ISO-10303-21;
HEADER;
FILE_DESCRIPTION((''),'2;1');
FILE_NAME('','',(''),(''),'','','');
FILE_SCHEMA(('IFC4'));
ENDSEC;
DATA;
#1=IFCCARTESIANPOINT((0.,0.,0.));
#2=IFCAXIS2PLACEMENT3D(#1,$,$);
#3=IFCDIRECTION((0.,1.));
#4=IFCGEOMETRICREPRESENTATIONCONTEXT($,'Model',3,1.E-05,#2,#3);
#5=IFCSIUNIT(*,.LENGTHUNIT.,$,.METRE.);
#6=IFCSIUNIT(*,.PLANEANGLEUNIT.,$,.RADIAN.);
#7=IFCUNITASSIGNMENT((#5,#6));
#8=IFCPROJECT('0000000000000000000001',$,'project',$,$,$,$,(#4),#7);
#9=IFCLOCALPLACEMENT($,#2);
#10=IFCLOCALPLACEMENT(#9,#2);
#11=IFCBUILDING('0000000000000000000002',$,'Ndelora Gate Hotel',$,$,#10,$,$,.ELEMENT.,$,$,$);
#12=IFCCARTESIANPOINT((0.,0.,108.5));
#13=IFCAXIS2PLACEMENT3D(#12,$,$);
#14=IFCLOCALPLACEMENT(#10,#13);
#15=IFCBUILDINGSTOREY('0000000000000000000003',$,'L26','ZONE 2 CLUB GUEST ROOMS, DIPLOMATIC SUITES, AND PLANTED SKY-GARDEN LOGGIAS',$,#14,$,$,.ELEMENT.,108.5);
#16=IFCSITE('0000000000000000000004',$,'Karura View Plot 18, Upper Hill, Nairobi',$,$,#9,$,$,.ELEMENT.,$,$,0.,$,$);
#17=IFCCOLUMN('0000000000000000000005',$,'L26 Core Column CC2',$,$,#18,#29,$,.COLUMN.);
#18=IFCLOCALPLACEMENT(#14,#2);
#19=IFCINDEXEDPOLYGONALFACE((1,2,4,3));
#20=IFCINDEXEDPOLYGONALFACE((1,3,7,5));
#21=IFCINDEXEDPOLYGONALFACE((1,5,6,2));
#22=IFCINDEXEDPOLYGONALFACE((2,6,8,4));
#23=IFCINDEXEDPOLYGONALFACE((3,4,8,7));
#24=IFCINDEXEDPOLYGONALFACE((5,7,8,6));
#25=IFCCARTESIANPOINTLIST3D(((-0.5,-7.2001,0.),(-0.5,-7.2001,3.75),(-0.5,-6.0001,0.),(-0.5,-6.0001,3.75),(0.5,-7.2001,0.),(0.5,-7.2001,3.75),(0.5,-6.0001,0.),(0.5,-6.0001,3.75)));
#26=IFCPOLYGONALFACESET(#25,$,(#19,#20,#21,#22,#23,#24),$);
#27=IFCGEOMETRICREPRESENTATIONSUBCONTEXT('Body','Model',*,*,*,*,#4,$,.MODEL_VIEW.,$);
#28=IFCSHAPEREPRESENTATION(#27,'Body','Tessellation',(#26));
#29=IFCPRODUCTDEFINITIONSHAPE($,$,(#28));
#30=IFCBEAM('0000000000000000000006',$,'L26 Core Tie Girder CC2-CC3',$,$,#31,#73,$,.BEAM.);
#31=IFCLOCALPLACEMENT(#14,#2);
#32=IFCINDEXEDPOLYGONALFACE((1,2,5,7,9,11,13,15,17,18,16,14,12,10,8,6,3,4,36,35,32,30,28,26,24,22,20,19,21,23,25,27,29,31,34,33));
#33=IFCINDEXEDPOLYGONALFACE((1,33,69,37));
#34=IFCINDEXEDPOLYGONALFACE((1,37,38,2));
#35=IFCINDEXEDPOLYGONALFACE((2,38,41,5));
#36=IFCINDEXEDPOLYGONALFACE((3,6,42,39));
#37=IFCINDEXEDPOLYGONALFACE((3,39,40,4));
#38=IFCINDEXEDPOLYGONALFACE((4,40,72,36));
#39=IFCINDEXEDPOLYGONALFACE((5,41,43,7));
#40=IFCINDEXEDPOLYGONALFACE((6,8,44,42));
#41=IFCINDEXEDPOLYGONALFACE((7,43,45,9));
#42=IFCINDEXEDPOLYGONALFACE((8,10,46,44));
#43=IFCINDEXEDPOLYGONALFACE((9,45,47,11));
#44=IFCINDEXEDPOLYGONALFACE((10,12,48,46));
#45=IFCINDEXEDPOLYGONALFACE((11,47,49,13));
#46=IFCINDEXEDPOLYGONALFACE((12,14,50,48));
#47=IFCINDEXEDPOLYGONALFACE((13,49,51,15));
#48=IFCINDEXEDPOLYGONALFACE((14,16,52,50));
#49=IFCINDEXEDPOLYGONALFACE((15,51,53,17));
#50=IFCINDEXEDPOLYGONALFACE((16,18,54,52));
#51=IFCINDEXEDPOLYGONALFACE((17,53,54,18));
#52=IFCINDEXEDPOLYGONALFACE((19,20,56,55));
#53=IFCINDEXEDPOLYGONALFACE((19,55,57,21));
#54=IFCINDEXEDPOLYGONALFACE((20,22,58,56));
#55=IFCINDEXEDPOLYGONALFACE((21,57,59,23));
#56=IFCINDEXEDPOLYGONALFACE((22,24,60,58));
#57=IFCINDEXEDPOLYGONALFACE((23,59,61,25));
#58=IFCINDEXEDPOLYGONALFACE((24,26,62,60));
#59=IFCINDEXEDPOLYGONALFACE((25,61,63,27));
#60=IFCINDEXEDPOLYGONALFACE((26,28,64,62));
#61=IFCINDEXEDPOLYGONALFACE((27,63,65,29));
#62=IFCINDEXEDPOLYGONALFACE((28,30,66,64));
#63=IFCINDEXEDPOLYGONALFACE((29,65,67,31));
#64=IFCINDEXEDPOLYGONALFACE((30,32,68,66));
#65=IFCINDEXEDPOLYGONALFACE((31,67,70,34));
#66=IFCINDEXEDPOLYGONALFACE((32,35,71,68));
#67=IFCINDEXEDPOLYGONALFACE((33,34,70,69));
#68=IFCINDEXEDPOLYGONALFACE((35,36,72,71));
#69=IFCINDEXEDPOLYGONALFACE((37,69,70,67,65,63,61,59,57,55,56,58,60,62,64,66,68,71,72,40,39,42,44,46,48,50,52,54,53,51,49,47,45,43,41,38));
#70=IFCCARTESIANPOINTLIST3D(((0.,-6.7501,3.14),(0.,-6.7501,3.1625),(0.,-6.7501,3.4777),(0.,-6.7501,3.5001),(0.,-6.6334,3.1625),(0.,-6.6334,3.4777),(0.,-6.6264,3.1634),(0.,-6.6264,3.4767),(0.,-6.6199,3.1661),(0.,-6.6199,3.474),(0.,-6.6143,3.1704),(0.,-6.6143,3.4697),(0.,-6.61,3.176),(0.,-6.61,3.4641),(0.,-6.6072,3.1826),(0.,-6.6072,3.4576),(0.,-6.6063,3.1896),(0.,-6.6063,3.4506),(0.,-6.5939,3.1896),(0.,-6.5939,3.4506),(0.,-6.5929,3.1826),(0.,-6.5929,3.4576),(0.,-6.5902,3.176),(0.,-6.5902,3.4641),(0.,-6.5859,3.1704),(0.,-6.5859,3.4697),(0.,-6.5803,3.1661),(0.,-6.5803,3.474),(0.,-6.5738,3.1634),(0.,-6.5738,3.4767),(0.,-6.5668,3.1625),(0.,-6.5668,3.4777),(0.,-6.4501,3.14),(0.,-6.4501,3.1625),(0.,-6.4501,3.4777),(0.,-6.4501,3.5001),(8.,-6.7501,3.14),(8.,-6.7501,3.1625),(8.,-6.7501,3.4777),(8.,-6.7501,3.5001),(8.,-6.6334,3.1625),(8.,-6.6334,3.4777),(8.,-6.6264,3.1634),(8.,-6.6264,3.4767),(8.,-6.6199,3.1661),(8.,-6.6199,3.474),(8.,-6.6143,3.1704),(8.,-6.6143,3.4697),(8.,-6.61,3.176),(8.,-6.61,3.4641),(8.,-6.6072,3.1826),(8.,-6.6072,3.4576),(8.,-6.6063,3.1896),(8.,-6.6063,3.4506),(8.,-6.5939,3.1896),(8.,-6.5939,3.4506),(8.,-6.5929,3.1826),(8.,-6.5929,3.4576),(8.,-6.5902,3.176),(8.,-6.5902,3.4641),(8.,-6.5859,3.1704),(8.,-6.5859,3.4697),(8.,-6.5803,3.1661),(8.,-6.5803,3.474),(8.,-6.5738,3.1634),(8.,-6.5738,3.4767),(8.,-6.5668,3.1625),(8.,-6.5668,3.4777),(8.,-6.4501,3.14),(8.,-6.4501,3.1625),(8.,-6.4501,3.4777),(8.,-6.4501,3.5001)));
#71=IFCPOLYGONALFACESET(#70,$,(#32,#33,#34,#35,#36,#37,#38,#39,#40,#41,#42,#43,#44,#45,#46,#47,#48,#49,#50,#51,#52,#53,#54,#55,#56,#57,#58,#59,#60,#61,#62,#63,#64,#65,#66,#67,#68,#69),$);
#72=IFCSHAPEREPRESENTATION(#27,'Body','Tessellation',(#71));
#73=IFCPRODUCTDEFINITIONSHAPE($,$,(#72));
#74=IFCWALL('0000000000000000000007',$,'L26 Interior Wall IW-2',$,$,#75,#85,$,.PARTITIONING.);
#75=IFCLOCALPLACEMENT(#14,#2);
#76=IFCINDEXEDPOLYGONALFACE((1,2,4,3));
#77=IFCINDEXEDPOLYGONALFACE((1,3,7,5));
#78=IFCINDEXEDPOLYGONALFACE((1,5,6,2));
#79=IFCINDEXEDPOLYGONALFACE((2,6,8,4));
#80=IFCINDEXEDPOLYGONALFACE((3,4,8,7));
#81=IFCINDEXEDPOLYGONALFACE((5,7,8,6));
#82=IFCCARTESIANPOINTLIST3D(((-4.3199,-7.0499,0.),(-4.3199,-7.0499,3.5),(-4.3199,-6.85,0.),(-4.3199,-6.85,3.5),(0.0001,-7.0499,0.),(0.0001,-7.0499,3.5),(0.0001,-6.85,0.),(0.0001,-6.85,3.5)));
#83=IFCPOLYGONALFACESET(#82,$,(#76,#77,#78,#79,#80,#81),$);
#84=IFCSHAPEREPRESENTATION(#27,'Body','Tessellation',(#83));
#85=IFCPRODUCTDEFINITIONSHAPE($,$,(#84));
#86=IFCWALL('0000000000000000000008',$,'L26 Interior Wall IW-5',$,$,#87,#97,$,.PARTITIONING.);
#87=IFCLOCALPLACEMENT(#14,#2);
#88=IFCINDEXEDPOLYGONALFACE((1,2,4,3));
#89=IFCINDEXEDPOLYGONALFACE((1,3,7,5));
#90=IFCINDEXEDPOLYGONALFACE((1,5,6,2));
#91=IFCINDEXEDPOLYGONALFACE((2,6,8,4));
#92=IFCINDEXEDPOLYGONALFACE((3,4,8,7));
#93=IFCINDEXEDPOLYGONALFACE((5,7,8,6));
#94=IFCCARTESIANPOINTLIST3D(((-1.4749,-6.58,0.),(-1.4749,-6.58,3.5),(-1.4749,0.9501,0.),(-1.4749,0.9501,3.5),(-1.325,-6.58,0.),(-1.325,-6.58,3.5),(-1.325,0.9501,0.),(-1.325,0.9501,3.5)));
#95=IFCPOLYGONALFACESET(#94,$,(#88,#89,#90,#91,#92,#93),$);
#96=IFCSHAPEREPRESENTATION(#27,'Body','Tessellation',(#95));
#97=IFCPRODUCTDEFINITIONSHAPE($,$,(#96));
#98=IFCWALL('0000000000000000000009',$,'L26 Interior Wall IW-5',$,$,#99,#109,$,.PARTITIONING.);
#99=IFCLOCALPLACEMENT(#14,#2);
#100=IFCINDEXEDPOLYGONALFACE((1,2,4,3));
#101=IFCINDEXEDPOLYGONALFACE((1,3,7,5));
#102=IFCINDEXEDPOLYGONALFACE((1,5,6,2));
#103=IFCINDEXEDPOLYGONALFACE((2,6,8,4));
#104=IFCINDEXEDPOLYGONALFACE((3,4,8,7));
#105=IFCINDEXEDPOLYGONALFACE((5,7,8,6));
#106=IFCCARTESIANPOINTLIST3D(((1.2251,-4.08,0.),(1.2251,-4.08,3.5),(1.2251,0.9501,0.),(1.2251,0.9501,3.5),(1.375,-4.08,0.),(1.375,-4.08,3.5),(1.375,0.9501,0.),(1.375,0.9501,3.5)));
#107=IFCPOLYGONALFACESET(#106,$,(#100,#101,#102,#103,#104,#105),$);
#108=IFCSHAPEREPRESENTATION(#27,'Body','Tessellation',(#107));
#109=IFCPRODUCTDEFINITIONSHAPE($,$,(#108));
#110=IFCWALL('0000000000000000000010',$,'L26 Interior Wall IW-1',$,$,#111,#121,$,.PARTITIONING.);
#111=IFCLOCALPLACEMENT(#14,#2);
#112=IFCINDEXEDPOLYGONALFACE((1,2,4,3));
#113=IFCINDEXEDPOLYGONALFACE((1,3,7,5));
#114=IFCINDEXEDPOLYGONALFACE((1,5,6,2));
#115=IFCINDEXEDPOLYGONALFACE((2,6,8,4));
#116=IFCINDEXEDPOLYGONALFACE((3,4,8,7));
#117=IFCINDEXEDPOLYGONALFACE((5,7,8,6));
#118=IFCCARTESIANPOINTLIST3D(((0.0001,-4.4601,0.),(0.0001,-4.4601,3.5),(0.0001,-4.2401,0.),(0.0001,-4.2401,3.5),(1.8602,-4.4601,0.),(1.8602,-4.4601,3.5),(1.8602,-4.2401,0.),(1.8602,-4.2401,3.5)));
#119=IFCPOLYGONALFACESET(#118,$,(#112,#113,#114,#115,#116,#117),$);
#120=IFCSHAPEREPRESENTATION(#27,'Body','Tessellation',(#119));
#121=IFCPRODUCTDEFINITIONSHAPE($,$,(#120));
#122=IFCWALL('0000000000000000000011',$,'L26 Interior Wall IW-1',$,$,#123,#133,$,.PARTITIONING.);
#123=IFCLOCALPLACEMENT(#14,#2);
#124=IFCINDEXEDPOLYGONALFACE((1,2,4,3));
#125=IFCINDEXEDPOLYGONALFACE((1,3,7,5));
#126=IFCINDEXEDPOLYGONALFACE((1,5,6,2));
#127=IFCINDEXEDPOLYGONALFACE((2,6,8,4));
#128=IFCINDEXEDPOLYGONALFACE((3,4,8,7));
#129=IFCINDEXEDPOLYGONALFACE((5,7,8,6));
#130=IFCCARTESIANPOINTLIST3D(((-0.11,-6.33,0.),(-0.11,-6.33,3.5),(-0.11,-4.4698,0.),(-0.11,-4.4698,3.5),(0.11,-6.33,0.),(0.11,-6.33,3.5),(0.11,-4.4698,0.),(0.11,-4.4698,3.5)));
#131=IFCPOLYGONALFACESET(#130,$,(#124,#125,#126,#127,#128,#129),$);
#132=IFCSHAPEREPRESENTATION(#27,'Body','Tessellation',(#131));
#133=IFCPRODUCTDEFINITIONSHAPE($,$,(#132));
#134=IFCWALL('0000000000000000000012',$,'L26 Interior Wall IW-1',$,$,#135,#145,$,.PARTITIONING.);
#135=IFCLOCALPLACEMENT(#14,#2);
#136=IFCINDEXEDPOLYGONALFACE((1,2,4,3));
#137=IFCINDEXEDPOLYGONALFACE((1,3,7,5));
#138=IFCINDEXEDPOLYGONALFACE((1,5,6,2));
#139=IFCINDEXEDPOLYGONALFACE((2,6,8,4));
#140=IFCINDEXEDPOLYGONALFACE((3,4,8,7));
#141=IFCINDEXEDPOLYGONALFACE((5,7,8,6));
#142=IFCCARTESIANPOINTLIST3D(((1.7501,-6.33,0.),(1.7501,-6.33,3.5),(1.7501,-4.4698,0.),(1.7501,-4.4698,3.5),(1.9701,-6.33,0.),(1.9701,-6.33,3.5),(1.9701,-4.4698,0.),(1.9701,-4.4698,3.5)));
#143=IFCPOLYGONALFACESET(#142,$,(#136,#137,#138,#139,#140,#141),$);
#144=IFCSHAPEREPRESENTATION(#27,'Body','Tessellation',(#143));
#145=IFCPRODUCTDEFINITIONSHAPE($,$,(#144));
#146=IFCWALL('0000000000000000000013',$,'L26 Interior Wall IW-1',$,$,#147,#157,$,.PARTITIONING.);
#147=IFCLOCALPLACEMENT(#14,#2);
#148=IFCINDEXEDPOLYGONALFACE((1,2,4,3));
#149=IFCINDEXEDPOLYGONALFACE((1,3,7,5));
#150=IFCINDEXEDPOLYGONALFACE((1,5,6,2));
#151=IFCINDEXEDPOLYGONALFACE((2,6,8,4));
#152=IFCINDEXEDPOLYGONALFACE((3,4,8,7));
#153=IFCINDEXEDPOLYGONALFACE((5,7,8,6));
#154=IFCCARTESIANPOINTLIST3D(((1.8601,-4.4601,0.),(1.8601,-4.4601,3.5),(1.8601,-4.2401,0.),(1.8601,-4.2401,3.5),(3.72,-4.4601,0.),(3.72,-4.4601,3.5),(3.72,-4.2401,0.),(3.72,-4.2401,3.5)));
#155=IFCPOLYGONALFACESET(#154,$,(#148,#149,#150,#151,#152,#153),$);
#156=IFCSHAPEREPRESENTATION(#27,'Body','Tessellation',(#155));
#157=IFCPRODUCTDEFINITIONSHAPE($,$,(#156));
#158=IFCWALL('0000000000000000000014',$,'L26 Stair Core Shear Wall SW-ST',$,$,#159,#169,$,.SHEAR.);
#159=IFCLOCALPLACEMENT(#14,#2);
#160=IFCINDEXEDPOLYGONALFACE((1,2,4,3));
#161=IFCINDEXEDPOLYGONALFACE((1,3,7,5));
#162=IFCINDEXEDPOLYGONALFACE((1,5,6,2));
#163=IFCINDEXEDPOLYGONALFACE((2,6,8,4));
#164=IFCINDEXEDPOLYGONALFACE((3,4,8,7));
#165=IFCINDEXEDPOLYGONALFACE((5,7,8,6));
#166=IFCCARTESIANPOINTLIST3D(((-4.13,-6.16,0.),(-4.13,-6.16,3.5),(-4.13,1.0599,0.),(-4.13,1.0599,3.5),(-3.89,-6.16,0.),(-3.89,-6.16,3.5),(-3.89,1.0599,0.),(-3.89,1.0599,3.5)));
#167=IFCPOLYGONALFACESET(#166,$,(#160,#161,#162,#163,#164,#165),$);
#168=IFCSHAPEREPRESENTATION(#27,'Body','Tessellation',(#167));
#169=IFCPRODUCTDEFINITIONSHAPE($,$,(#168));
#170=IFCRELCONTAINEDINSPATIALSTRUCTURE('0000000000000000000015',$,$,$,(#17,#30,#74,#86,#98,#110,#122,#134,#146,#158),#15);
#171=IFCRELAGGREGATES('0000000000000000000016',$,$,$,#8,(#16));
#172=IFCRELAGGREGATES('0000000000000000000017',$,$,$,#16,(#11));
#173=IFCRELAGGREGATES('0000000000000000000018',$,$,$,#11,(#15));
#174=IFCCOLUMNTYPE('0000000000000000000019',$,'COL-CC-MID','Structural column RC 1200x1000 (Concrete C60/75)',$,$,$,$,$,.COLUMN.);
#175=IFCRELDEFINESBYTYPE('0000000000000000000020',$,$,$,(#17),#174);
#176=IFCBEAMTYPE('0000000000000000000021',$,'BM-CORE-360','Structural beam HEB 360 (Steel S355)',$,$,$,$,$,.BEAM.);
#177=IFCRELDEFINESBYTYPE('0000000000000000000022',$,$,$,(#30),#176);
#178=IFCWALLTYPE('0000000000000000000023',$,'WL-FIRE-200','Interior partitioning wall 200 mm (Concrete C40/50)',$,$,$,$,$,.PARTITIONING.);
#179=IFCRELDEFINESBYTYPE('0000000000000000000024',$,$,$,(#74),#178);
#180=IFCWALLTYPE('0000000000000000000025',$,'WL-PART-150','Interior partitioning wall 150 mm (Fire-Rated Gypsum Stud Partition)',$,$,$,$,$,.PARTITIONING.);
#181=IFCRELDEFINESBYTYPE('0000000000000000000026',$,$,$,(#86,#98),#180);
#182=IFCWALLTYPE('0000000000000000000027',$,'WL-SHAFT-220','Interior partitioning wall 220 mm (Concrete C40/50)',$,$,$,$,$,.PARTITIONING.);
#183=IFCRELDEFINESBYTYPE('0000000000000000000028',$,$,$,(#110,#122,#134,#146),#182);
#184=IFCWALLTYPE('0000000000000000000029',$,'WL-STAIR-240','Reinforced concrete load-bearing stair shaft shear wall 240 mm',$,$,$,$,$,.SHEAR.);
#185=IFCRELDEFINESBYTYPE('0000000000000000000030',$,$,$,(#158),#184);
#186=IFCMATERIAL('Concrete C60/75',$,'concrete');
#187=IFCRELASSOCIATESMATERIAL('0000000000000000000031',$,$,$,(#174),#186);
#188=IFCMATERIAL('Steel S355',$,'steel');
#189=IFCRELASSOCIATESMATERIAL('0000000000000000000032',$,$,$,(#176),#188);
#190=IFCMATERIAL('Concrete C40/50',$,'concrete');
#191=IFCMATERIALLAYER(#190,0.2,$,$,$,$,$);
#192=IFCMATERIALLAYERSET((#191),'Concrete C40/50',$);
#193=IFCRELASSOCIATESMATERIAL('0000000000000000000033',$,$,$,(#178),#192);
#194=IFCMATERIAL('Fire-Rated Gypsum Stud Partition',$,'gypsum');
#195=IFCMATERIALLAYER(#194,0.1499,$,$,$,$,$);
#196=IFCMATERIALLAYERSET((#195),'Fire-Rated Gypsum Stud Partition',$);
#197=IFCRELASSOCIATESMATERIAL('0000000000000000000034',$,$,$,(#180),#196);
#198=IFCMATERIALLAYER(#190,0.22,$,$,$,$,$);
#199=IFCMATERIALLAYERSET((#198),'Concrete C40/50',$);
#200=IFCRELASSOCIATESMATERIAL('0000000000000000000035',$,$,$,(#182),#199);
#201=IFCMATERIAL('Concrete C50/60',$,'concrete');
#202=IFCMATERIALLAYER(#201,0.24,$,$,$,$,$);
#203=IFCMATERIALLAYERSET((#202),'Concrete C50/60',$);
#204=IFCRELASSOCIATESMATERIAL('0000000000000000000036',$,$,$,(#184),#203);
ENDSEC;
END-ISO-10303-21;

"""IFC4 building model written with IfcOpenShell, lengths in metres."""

from ifc_helpers import new_model, si_unit, direction, frame, frame_2d, origin, origin_2d, place, context, subcontext, project, spatial, rectangle, i_section, extrude, material, layer, layer_set, material_profile, profile_set, type_object, element, save


model = new_model("IFC4")

# Units and contexts
model_context = context("Model", 3, precision=1e-05, world=origin(), true_north=direction((0.0, 1.0)))
body_context = subcontext(model_context, "Body", "Model", "MODEL_VIEW")
ifc_project = project(units=[si_unit("LENGTHUNIT", "METRE"), si_unit("PLANEANGLEUNIT", "RADIAN")], contexts=[model_context])

# Site, building, storey
site_placement = place(None, origin())
site = spatial("IfcSite", under=ifc_project, at=site_placement, Name="Karura View Plot 18, Upper Hill, Nairobi", CompositionType="ELEMENT", RefElevation=0.0)
building_placement = place(site_placement, origin())
building = spatial("IfcBuilding", under=site, at=building_placement, Name="Ndelora Gate Hotel", CompositionType="ELEMENT")
storey_placement = place(building_placement, frame((0.0, 0.0, 108.5)))
storey = spatial("IfcBuildingStorey", under=building, at=storey_placement, Name="L26", Description="ZONE 2 CLUB GUEST ROOMS, DIPLOMATIC SUITES, AND PLANTED SKY-GARDEN LOGGIAS", CompositionType="ELEMENT", Elevation=108.5)

# Column
ifc_material_1 = material(Name="Concrete C60/75", Category="concrete")
ifc_material_profile_1 = material_profile(ifc_material_1, rectangle(XDim=1.0, YDim=1.2, at=origin_2d()), Name="RC 1200x1000")
ifc_profile_set_1 = profile_set([ifc_material_profile_1], Name="Concrete C60/75")
column_type = type_object("IfcColumnType", Name="COL-CC-MID", Description="Structural column RC 1200x1000 (Concrete C60/75)", PredefinedType="COLUMN", material=ifc_profile_set_1)
column_placement = place(storey_placement, frame((0.0, -6.6001, 0.0), z_axis=(0.0, 0.0, 1.0), x_axis=(1.0, 0.0, 0.0)))
element("IfcColumn", 1, at=column_placement, inside=storey, type_object=column_type, Name="L26 Core Column CC2", PredefinedType="COLUMN", context=body_context, shape_type="SweptSolid", body=[
    extrude(rectangle(XDim=1.0, YDim=1.2, at=origin_2d()), origin(), (0.0, 0.0, 1.0), 3.75),
])

# Beam
ifc_material_2 = material(Name="Steel S355", Category="steel")
ifc_material_profile_2 = material_profile(ifc_material_2, i_section(OverallWidth=0.3, OverallDepth=0.3601, WebThickness=0.0125, FlangeThickness=0.0225, FilletRadius=0.0271, at=origin_2d()), Name="HEB 360")
ifc_profile_set_2 = profile_set([ifc_material_profile_2], Name="Steel S355")
beam_type = type_object("IfcBeamType", Name="BM-CORE-360", Description="Structural beam HEB 360 (Steel S355)", PredefinedType="BEAM", material=ifc_profile_set_2)
beam_placement = place(storey_placement, frame((0.0, -6.6001, 3.3201), z_axis=(1.0, 0.0, 0.0), x_axis=(0.0, 1.0, 0.0)))
element("IfcBeam", 2, at=beam_placement, inside=storey, type_object=beam_type, Name="L26 Core Tie Girder CC2-CC3", PredefinedType="BEAM", context=body_context, shape_type="SweptSolid", body=[
    extrude(i_section(OverallWidth=0.3, OverallDepth=0.3601, WebThickness=0.0125, FlangeThickness=0.0225, FilletRadius=0.0271, at=origin_2d()), origin(), (0.0, 0.0, 1.0), 8.0),
])

# Walls
ifc_material_3 = material(Name="Concrete C40/50", Category="concrete")
ifc_layer_1 = layer(ifc_material_3, 0.2)
ifc_layer_set_1 = layer_set([ifc_layer_1], Name="Concrete C40/50")
wall_type_1 = type_object("IfcWallType", Name="WL-FIRE-200", Description="Interior partitioning wall 200 mm (Concrete C40/50)", PredefinedType="PARTITIONING", material=ifc_layer_set_1)
wall_1_placement = place(storey_placement, frame((-4.3201, -6.95, 0.0), z_axis=(0.0, 0.0, 1.0), x_axis=(1.0, 0.0, 0.0)))
element("IfcWall", 3, at=wall_1_placement, inside=storey, type_object=wall_type_1, Name="L26 Interior Wall IW-2", PredefinedType="PARTITIONING", context=body_context, shape_type="SweptSolid", body=[
    extrude(rectangle(XDim=4.3201, YDim=0.2, at=frame_2d((2.1602, 0.0))), origin(), (0.0, 0.0, 1.0), 3.5),
])
ifc_material_4 = material(Name="Fire-Rated Gypsum Stud Partition", Category="gypsum")
ifc_layer_2 = layer(ifc_material_4, 0.1499)
ifc_layer_set_2 = layer_set([ifc_layer_2], Name="Fire-Rated Gypsum Stud Partition")
wall_type_2 = type_object("IfcWallType", Name="WL-PART-150", Description="Interior partitioning wall 150 mm (Fire-Rated Gypsum Stud Partition)", PredefinedType="PARTITIONING", material=ifc_layer_set_2)
wall_2_placement = place(storey_placement, frame((-1.3999, -6.5801, 0.0), z_axis=(0.0, 0.0, 1.0), x_axis=(0.0, 1.0, 0.0)))
element("IfcWall", 4, at=wall_2_placement, inside=storey, type_object=wall_type_2, Name="L26 Interior Wall IW-5", PredefinedType="PARTITIONING", context=body_context, shape_type="SweptSolid", body=[
    extrude(rectangle(XDim=7.53, YDim=0.1499, at=frame_2d((3.7651, 0.0))), origin(), (0.0, 0.0, 1.0), 3.5),
])
wall_3_placement = place(storey_placement, frame((1.3, -4.0801, 0.0), z_axis=(0.0, 0.0, 1.0), x_axis=(0.0, 1.0, 0.0)))
element("IfcWall", 5, at=wall_3_placement, inside=storey, type_object=wall_type_2, Name="L26 Interior Wall IW-5", PredefinedType="PARTITIONING", context=body_context, shape_type="SweptSolid", body=[
    extrude(rectangle(XDim=5.03, YDim=0.1499, at=frame_2d((2.5151, 0.0))), origin(), (0.0, 0.0, 1.0), 3.5),
])

# Shared definitions
ifc_layer_3 = layer(ifc_material_3, 0.22)
ifc_layer_set_3 = layer_set([ifc_layer_3], Name="Concrete C40/50")
wall_type_3 = type_object("IfcWallType", Name="WL-SHAFT-220", Description="Interior partitioning wall 220 mm (Concrete C40/50)", PredefinedType="PARTITIONING", material=ifc_layer_set_3)

# Walls
for number, where, z_axis, x_axis, name in (
    (6, (0.0, -4.3501, 0.0), (0.0, 0.0, 1.0), (1.0, 0.0, 0.0), "L26 Interior Wall IW-1"),
    (7, (0.0, -6.3301, 0.0), (0.0, 0.0, 1.0), (0.0, 1.0, 0.0), "L26 Interior Wall IW-1"),
    (8, (1.8601, -6.3301, 0.0), (0.0, 0.0, 1.0), (0.0, 1.0, 0.0), "L26 Interior Wall IW-1"),
):
    element("IfcWall", number, at=place(storey_placement, frame(where, z_axis=z_axis, x_axis=x_axis)), inside=storey, type_object=wall_type_3, Name=name, PredefinedType="PARTITIONING", context=body_context, shape_type="SweptSolid", body=[
        extrude(rectangle(XDim=1.8601, YDim=0.22, at=frame_2d((0.9302, 0.0))), origin(), (0.0, 0.0, 1.0), 3.5),
    ])

# Walls
wall_4_placement = place(storey_placement, frame((1.8601, -4.3501, 0.0), z_axis=(0.0, 0.0, 1.0), x_axis=(1.0, 0.0, 0.0)))
element("IfcWall", 9, at=wall_4_placement, inside=storey, type_object=wall_type_3, Name="L26 Interior Wall IW-1", PredefinedType="PARTITIONING", context=body_context, shape_type="SweptSolid", body=[
    extrude(rectangle(XDim=1.8599, YDim=0.22, at=frame_2d((0.9299, 0.0))), origin(), (0.0, 0.0, 1.0), 3.5),
])
ifc_material_5 = material(Name="Concrete C50/60", Category="concrete")
ifc_layer_4 = layer(ifc_material_5, 0.24)
ifc_layer_set_4 = layer_set([ifc_layer_4], Name="Concrete C50/60")
wall_type_4 = type_object("IfcWallType", Name="WL-STAIR-240", Description="Reinforced concrete load-bearing stair shaft shear wall 240 mm", PredefinedType="SHEAR", material=ifc_layer_set_4)
wall_5_placement = place(storey_placement, frame((-4.01, -6.1599, 0.0), z_axis=(0.0, 0.0, 1.0), x_axis=(0.0, 1.0, 0.0)))
element("IfcWall", 10, at=wall_5_placement, inside=storey, type_object=wall_type_4, Name="L26 Stair Core Shear Wall SW-ST", PredefinedType="SHEAR", context=body_context, shape_type="SweptSolid", body=[
    extrude(rectangle(XDim=7.22, YDim=0.24, at=frame_2d((3.6099, 0.0))), origin(), (0.0, 0.0, 1.0), 3.5),
])

save(model, "model.ifc")
